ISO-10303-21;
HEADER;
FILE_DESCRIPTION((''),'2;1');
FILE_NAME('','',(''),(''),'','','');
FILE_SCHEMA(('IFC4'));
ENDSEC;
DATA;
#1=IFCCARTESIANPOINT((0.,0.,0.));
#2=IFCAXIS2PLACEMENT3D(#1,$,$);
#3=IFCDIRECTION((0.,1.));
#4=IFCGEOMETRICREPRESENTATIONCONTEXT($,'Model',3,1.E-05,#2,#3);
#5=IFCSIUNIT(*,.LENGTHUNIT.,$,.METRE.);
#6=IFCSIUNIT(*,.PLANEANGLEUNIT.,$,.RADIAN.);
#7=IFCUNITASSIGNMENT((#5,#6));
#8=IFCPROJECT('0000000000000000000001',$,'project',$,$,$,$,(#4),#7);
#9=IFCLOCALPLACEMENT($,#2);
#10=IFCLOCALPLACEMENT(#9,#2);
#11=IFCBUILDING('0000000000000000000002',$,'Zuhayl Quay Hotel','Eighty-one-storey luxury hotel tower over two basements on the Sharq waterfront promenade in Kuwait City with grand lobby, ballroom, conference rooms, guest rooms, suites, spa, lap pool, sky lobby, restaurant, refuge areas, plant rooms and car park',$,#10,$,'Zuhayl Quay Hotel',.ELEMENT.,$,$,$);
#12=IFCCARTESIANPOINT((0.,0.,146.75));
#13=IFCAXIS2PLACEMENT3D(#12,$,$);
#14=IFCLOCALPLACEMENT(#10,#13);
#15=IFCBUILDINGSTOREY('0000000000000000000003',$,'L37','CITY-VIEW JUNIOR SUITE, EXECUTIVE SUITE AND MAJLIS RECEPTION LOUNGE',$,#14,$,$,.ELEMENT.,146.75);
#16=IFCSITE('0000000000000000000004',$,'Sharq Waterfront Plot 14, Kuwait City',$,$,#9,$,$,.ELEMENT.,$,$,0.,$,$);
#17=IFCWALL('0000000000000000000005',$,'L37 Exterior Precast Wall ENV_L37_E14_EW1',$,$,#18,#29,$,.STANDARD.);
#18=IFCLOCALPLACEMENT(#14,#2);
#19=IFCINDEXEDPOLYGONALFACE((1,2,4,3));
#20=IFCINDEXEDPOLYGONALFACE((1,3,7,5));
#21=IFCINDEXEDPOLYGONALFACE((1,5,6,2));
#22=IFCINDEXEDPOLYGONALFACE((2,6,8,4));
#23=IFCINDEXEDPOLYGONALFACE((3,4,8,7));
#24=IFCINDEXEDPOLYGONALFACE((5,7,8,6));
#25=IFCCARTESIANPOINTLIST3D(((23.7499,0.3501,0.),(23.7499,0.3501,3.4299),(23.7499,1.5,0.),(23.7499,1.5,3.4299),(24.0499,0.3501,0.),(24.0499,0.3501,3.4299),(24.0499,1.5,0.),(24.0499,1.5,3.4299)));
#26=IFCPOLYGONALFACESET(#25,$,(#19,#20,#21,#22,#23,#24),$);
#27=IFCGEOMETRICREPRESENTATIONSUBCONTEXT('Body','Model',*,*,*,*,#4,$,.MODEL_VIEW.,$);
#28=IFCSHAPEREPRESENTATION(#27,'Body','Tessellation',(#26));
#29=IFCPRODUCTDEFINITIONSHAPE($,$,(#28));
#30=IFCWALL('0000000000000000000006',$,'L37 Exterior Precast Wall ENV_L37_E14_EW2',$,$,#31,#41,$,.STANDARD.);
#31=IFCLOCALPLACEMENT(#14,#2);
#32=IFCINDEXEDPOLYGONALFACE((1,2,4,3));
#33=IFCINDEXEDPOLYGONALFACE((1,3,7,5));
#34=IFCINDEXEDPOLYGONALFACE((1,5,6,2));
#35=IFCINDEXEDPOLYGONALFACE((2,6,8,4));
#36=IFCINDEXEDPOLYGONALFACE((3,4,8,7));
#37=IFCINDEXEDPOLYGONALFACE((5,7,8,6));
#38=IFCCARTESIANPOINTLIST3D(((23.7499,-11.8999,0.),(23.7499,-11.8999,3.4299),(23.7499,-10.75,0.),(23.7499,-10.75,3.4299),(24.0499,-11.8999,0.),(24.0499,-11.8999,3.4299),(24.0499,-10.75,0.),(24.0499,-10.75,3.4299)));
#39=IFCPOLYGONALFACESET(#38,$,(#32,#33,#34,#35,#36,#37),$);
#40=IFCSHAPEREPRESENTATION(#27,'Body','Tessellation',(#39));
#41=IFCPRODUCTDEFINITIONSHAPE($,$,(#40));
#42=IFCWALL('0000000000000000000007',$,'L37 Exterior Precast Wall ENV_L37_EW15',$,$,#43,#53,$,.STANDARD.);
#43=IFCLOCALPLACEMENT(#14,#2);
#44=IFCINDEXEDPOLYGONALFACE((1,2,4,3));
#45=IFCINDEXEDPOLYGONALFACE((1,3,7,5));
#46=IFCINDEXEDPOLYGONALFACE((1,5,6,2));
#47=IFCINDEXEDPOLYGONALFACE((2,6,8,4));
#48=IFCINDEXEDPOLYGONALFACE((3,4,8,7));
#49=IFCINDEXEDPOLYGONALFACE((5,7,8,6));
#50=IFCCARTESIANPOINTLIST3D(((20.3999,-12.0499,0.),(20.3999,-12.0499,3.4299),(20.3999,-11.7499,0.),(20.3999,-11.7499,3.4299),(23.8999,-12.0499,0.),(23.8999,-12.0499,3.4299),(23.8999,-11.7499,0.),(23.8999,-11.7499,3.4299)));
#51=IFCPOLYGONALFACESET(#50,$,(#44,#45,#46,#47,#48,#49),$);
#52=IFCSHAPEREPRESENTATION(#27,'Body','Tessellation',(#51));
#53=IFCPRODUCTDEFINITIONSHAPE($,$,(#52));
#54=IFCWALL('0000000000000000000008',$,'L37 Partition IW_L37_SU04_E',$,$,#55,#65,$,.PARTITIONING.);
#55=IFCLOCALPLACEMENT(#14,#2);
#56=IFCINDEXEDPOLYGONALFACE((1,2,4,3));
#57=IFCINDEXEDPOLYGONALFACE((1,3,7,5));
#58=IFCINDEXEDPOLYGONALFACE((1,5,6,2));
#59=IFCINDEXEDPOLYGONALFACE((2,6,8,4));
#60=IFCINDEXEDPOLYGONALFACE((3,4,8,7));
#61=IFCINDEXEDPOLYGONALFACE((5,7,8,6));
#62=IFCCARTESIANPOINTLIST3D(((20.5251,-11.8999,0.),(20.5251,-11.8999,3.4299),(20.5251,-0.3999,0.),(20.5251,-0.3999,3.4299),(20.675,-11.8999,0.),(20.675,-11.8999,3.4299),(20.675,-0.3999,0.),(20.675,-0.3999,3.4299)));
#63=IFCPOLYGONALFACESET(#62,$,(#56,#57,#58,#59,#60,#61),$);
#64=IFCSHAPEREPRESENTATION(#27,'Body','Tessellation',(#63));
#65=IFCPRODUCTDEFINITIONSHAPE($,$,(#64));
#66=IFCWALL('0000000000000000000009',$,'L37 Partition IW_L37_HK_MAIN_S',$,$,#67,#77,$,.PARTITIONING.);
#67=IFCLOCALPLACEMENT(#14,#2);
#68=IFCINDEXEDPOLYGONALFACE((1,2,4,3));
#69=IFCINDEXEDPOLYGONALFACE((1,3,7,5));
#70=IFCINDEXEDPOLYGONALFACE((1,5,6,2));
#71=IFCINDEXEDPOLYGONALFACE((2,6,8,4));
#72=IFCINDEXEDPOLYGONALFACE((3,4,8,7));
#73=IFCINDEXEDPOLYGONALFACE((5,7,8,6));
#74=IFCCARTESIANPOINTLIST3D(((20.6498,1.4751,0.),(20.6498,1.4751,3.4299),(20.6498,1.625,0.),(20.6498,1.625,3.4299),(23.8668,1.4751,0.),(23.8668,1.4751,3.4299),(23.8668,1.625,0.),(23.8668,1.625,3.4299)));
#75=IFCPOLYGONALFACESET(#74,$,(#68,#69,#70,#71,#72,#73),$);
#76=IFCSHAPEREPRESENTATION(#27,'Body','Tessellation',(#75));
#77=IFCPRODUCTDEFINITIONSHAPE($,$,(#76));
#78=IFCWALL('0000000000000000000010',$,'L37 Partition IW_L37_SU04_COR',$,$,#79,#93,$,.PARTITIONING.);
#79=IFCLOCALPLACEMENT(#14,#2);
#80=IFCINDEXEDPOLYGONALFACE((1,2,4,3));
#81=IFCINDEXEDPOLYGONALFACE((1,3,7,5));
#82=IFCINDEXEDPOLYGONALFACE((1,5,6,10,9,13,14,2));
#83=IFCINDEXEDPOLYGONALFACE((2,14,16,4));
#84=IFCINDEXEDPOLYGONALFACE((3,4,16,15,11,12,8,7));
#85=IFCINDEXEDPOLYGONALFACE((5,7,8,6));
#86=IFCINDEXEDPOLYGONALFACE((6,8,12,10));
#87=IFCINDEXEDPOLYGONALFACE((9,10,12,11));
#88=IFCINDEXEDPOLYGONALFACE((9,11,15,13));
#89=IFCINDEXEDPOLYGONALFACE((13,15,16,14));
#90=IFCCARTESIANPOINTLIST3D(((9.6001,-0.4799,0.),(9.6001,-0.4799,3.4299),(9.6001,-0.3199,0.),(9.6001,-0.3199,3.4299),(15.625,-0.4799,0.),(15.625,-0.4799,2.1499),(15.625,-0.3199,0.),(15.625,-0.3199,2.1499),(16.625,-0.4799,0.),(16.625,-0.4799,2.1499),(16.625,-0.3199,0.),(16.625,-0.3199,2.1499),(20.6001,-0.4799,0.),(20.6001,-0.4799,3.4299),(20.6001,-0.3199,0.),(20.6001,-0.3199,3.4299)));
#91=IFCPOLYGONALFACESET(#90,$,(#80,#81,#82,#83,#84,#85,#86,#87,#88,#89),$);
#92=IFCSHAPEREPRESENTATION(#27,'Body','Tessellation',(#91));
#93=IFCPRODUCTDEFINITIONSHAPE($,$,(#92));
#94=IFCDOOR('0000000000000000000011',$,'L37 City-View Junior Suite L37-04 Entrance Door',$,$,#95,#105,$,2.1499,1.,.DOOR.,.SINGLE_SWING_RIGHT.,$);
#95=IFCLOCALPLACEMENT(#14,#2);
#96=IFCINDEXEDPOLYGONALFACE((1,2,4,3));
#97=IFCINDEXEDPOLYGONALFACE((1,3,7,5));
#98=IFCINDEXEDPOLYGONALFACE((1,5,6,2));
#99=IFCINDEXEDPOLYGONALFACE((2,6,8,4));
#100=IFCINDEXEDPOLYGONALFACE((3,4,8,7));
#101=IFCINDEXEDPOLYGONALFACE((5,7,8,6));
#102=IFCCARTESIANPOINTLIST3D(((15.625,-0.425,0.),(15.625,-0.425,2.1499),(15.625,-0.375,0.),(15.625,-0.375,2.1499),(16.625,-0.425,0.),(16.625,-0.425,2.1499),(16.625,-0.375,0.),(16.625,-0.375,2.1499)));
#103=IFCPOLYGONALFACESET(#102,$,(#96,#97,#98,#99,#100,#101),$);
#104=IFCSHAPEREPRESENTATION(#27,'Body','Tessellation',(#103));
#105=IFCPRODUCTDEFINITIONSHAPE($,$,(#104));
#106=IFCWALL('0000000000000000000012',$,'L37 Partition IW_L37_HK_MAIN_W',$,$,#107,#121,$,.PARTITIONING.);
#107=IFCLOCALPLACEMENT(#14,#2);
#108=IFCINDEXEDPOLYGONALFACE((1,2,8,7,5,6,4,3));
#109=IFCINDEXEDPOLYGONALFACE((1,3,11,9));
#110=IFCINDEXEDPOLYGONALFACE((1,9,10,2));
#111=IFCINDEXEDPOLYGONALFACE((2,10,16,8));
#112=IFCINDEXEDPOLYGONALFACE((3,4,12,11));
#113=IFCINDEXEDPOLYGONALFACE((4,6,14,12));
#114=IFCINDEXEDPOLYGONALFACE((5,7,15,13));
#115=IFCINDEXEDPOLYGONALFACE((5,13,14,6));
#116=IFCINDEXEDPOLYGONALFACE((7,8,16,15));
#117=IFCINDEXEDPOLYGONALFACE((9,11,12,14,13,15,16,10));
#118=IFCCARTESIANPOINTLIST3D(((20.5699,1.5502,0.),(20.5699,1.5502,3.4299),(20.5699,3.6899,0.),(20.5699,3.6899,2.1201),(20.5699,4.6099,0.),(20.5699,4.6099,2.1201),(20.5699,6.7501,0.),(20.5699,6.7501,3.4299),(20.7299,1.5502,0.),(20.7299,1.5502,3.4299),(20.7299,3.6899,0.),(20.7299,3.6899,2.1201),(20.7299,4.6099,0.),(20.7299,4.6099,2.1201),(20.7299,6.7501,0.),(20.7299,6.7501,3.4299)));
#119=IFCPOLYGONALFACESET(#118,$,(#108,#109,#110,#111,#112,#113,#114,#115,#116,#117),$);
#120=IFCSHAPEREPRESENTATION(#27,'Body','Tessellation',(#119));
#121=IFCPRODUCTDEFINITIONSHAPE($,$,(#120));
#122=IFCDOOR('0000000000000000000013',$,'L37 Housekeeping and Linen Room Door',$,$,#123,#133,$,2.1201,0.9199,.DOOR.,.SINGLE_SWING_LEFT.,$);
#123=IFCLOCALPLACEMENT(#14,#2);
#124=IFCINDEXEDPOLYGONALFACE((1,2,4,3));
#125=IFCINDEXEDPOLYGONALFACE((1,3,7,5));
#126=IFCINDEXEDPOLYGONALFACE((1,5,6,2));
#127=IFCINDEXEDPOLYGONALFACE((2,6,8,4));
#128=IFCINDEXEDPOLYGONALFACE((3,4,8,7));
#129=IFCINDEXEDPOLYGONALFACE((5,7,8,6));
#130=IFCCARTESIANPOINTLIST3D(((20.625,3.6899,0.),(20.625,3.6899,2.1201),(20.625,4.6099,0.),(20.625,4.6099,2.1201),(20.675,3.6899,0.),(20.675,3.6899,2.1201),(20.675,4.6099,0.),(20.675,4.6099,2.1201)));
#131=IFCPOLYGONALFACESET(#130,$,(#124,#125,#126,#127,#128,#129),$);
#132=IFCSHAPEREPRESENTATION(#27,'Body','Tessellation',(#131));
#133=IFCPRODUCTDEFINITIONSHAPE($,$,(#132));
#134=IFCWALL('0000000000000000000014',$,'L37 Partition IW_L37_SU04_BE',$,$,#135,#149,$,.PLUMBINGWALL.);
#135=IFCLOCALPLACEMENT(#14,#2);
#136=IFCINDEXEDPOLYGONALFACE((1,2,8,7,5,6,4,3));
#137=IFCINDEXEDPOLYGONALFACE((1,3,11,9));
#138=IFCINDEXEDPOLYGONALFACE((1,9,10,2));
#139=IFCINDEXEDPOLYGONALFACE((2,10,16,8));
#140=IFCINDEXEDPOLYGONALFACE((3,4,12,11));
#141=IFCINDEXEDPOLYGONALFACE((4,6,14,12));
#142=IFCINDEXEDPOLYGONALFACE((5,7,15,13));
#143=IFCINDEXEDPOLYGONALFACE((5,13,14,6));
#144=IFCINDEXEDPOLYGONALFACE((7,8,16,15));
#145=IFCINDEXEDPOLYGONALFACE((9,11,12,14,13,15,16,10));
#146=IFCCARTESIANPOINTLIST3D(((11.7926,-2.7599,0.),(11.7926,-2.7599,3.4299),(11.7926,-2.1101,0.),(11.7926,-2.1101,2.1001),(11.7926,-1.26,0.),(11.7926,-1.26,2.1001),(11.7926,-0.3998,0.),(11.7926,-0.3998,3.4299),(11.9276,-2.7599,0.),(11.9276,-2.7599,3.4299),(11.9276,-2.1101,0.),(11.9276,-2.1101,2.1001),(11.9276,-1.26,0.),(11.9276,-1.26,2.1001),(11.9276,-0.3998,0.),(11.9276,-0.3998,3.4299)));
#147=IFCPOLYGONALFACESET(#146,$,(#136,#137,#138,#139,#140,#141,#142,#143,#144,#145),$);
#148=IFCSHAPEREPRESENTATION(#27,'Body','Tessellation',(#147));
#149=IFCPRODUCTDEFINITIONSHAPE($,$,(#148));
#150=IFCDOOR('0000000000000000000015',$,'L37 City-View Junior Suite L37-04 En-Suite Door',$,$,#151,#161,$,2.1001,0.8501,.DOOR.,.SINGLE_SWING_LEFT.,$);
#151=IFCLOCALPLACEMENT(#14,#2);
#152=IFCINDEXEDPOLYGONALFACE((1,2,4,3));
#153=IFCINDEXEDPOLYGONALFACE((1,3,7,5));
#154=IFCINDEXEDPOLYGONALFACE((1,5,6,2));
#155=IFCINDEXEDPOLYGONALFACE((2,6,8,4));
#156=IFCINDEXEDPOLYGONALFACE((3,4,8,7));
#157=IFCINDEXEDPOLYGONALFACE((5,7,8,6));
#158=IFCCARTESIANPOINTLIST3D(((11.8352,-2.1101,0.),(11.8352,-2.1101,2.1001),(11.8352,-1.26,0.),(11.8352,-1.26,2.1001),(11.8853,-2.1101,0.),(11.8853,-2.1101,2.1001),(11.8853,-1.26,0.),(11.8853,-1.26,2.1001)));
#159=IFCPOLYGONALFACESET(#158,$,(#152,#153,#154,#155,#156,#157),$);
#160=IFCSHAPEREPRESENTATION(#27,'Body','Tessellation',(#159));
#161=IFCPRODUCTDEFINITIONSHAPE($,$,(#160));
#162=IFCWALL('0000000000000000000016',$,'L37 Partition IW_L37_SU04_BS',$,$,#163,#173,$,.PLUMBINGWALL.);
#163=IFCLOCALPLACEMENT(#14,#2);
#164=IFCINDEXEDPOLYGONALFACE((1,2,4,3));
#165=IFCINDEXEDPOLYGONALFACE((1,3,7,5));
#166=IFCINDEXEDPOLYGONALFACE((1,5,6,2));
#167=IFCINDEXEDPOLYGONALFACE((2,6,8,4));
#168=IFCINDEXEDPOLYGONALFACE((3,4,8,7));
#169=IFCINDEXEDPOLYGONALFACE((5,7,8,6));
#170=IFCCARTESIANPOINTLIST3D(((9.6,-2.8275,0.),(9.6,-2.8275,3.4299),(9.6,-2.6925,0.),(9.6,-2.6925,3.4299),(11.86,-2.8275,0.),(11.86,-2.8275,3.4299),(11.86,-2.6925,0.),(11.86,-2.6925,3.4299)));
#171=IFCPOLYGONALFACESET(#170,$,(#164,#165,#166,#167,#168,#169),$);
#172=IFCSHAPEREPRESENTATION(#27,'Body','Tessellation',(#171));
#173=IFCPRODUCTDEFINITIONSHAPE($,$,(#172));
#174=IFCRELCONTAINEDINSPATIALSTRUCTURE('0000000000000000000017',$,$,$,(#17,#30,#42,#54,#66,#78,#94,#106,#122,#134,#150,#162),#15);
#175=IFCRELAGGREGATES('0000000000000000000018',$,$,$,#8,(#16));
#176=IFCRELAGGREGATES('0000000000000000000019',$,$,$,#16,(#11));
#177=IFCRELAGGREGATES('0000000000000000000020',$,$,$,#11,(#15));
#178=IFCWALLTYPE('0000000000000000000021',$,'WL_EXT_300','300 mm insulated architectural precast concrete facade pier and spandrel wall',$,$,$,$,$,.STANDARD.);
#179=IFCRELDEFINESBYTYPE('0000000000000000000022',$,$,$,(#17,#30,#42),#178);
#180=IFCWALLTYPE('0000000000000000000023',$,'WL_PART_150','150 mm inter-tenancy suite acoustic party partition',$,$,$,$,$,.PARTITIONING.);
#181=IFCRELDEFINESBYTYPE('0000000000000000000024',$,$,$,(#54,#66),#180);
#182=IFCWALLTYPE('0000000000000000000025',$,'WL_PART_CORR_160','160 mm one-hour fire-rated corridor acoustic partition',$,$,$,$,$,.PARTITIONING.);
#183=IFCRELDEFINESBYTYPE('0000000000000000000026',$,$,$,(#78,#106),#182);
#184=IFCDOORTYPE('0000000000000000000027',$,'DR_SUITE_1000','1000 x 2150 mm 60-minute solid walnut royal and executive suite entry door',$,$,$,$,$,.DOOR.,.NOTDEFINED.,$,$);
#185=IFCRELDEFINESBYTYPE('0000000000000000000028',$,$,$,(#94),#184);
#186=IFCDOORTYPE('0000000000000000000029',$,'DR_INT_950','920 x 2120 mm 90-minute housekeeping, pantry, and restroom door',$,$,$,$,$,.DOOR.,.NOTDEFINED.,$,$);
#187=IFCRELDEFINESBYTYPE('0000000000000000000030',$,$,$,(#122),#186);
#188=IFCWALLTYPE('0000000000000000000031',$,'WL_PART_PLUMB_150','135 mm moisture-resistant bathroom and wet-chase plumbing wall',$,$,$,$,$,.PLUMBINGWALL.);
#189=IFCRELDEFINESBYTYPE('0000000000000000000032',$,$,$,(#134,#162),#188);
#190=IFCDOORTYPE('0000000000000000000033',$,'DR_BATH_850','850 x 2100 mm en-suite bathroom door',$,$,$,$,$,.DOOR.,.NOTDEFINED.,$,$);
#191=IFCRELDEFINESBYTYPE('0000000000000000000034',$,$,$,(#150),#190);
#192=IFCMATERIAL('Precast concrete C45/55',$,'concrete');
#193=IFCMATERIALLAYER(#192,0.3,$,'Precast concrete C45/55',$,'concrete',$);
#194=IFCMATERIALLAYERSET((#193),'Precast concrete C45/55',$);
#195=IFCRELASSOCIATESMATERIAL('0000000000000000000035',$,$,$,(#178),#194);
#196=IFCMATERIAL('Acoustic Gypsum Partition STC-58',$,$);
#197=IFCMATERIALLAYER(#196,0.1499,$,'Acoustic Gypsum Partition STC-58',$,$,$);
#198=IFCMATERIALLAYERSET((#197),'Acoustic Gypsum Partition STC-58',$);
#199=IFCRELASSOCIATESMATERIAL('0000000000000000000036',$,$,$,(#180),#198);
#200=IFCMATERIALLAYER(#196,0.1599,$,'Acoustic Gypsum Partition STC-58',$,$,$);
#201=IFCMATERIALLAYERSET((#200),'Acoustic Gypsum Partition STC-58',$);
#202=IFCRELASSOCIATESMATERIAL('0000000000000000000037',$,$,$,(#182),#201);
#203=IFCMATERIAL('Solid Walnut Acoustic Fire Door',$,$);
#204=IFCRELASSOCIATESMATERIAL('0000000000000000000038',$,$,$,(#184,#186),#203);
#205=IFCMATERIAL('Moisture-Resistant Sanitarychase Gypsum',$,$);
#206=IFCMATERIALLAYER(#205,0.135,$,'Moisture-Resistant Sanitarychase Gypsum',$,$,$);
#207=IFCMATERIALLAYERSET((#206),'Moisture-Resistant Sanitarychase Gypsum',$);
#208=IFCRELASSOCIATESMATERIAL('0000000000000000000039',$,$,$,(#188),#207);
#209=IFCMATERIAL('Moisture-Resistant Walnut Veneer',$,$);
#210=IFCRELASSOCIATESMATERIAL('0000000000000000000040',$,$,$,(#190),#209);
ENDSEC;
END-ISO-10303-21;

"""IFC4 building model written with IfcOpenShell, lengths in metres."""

from ifc_helpers import new_model, si_unit, direction, frame, frame_2d, origin, place, context, subcontext, project, spatial, rectangle, extrude, material, layer, layer_set, type_object, element, fill, save


model = new_model("IFC4")

# Units and contexts
model_context = context("Model", 3, precision=1e-05, world=origin(), true_north=direction((0.0, 1.0)))
body_context = subcontext(model_context, "Body", "Model", "MODEL_VIEW")
ifc_project = project(units=[si_unit("LENGTHUNIT", "METRE"), si_unit("PLANEANGLEUNIT", "RADIAN")], contexts=[model_context])

# Site, building, storey
site_placement = place(None, origin())
site = spatial("IfcSite", under=ifc_project, at=site_placement, Name="Sharq Waterfront Plot 14, Kuwait City", CompositionType="ELEMENT", RefElevation=0.0)
building_placement = place(site_placement, origin())
building = spatial("IfcBuilding", under=site, at=building_placement, Name="Zuhayl Quay Hotel", Description="Eighty-one-storey luxury hotel tower over two basements on the Sharq waterfront promenade in Kuwait City with grand lobby, ballroom, conference rooms, guest rooms, suites, spa, lap pool, sky lobby, restaurant, refuge areas, plant rooms and car park", LongName="Zuhayl Quay Hotel", CompositionType="ELEMENT")
storey_placement = place(building_placement, frame((0.0, 0.0, 146.75)))
storey = spatial("IfcBuildingStorey", under=building, at=storey_placement, Name="L37", Description="CITY-VIEW JUNIOR SUITE, EXECUTIVE SUITE AND MAJLIS RECEPTION LOUNGE", CompositionType="ELEMENT", Elevation=146.75)

# Walls
ifc_material_1 = material(Name="Precast concrete C45/55", Category="concrete")
ifc_layer_1 = layer(ifc_material_1, 0.3, Name="Precast concrete C45/55", Category="concrete")
ifc_layer_set_1 = layer_set([ifc_layer_1], Name="Precast concrete C45/55")
wall_type_1 = type_object("IfcWallType", Name="WL_EXT_300", Description="300 mm insulated architectural precast concrete facade pier and spandrel wall", PredefinedType="STANDARD", material=ifc_layer_set_1)
for number, where, z_axis, x_axis, name in (
    (1, (23.8999, 1.5, 0.0), (0.0, 0.0, 1.0), (0.0, -1.0, 0.0), "L37 Exterior Precast Wall ENV_L37_E14_EW1"),
    (2, (23.8999, -10.75, 0.0), (0.0, 0.0, 1.0), (0.0, -1.0, 0.0), "L37 Exterior Precast Wall ENV_L37_E14_EW2"),
):
    element("IfcWall", number, at=place(storey_placement, frame(where, z_axis=z_axis, x_axis=x_axis)), inside=storey, type_object=wall_type_1, Name=name, PredefinedType="STANDARD", context=body_context, shape_type="SweptSolid", body=[
        extrude(rectangle(XDim=1.1499, YDim=0.3, at=frame_2d((0.575, 0.0))), origin(), (0.0, 0.0, 1.0), 3.4299),
    ])
wall_1_placement = place(storey_placement, frame((23.8999, -11.8999, 0.0), z_axis=(0.0, 0.0, 1.0), x_axis=(-1.0, 0.0, 0.0)))
element("IfcWall", 3, at=wall_1_placement, inside=storey, type_object=wall_type_1, Name="L37 Exterior Precast Wall ENV_L37_EW15", PredefinedType="STANDARD", context=body_context, shape_type="SweptSolid", body=[
    extrude(rectangle(XDim=3.5, YDim=0.3, at=frame_2d((1.75, 0.0))), origin(), (0.0, 0.0, 1.0), 3.4299),
])
ifc_material_2 = material(Name="Acoustic Gypsum Partition STC-58")
ifc_layer_2 = layer(ifc_material_2, 0.1499, Name="Acoustic Gypsum Partition STC-58")
ifc_layer_set_2 = layer_set([ifc_layer_2], Name="Acoustic Gypsum Partition STC-58")
wall_type_2 = type_object("IfcWallType", Name="WL_PART_150", Description="150 mm inter-tenancy suite acoustic party partition", PredefinedType="PARTITIONING", material=ifc_layer_set_2)
wall_2_placement = place(storey_placement, frame((20.6001, -11.8999, 0.0), z_axis=(0.0, 0.0, 1.0), x_axis=(0.0, 1.0, 0.0)))
element("IfcWall", 4, at=wall_2_placement, inside=storey, type_object=wall_type_2, Name="L37 Partition IW_L37_SU04_E", PredefinedType="PARTITIONING", context=body_context, shape_type="SweptSolid", body=[
    extrude(rectangle(XDim=11.5, YDim=0.1499, at=frame_2d((5.75, 0.0))), origin(), (0.0, 0.0, 1.0), 3.4299),
])
wall_3_placement = place(storey_placement, frame((20.6499, 1.55, 0.0), z_axis=(0.0, 0.0, 1.0), x_axis=(1.0, 0.0, 0.0)))
element("IfcWall", 5, at=wall_3_placement, inside=storey, type_object=wall_type_2, Name="L37 Partition IW_L37_HK_MAIN_S", PredefinedType="PARTITIONING", context=body_context, shape_type="SweptSolid", body=[
    extrude(rectangle(XDim=3.217, YDim=0.1499, at=frame_2d((1.6084, 0.0))), origin(), (0.0, 0.0, 1.0), 3.4299),
])

# Walls, openings, doors
ifc_layer_3 = layer(ifc_material_2, 0.1599, Name="Acoustic Gypsum Partition STC-58")
ifc_layer_set_3 = layer_set([ifc_layer_3], Name="Acoustic Gypsum Partition STC-58")
wall_type_3 = type_object("IfcWallType", Name="WL_PART_CORR_160", Description="160 mm one-hour fire-rated corridor acoustic partition", PredefinedType="PARTITIONING", material=ifc_layer_set_3)
wall_4_placement = place(storey_placement, frame((9.6001, -0.3999, 0.0), z_axis=(0.0, 0.0, 1.0), x_axis=(1.0, 0.0, 0.0)))
wall_4 = element("IfcWall", 6, at=wall_4_placement, inside=storey, type_object=wall_type_3, Name="L37 Partition IW_L37_SU04_COR", PredefinedType="PARTITIONING", context=body_context, shape_type="SweptSolid", body=[
    extrude(rectangle(XDim=11.0, YDim=0.1599, at=frame_2d((5.5, 0.0))), origin(), (0.0, 0.0, 1.0), 3.4299),
])
opening_1_placement = place(wall_4_placement, frame((6.0249, 0.0, 0.0)))
opening_1 = element("IfcOpeningElement", 7, at=opening_1_placement, cuts=wall_4, PredefinedType="OPENING", context=body_context, shape_type="SweptSolid", body=[
    extrude(rectangle(XDim=1.0, YDim=2.1499, at=frame_2d((0.5, 1.075))), frame((0.0, 0.0898, 0.0), z_axis=(0.0, -1.0, 0.0), x_axis=(1.0, 0.0, 0.0)), (0.0, 0.0, 1.0), 0.1799),
])
ifc_material_3 = material(Name="Solid Walnut Acoustic Fire Door")
door_type_1 = type_object("IfcDoorType", Name="DR_SUITE_1000", Description="1000 x 2150 mm 60-minute solid walnut royal and executive suite entry door", OperationType="NOTDEFINED", PredefinedType="DOOR", material=ifc_material_3)
door_1_placement = place(opening_1_placement, origin())
door_1 = element("IfcDoor", 8, at=door_1_placement, inside=storey, type_object=door_type_1, Name="L37 City-View Junior Suite L37-04 Entrance Door", OperationType="SINGLE_SWING_RIGHT", OverallHeight=2.1499, OverallWidth=1.0, PredefinedType="DOOR", context=body_context, shape_type="SweptSolid", body=[
    extrude(rectangle(XDim=1.0, YDim=2.1499, at=frame_2d((0.5, 1.075))), frame((0.0, 0.0249, 0.0), z_axis=(0.0, -1.0, 0.0), x_axis=(1.0, 0.0, 0.0)), (0.0, 0.0, 1.0), 0.05),
])
fill(opening_1, door_1)
wall_5_placement = place(storey_placement, frame((20.6499, 1.55, 0.0), z_axis=(0.0, 0.0, 1.0), x_axis=(0.0, 1.0, 0.0)))
wall_5 = element("IfcWall", 9, at=wall_5_placement, inside=storey, type_object=wall_type_3, Name="L37 Partition IW_L37_HK_MAIN_W", PredefinedType="PARTITIONING", context=body_context, shape_type="SweptSolid", body=[
    extrude(rectangle(XDim=5.2, YDim=0.1599, at=frame_2d((2.6001, 0.0))), origin(), (0.0, 0.0, 1.0), 3.4299),
])
opening_2_placement = place(wall_5_placement, frame((2.1399, 0.0, 0.0)))
opening_2 = element("IfcOpeningElement", 10, at=opening_2_placement, cuts=wall_5, PredefinedType="OPENING", context=body_context, shape_type="SweptSolid", body=[
    extrude(rectangle(XDim=0.9199, YDim=2.1201, at=frame_2d((0.46, 1.0601))), frame((0.0, 0.0898, 0.0), z_axis=(0.0, -1.0, 0.0), x_axis=(1.0, 0.0, 0.0)), (0.0, 0.0, 1.0), 0.1799),
])
door_type_2 = type_object("IfcDoorType", Name="DR_INT_950", Description="920 x 2120 mm 90-minute housekeeping, pantry, and restroom door", OperationType="NOTDEFINED", PredefinedType="DOOR", material=ifc_material_3)
door_2_placement = place(opening_2_placement, origin())
door_2 = element("IfcDoor", 11, at=door_2_placement, inside=storey, type_object=door_type_2, Name="L37 Housekeeping and Linen Room Door", OperationType="SINGLE_SWING_LEFT", OverallHeight=2.1201, OverallWidth=0.9199, PredefinedType="DOOR", context=body_context, shape_type="SweptSolid", body=[
    extrude(rectangle(XDim=0.9199, YDim=2.1201, at=frame_2d((0.46, 1.0601))), frame((0.0, 0.0249, 0.0), z_axis=(0.0, -1.0, 0.0), x_axis=(1.0, 0.0, 0.0)), (0.0, 0.0, 1.0), 0.05),
])
fill(opening_2, door_2)
ifc_material_4 = material(Name="Moisture-Resistant Sanitarychase Gypsum")
ifc_layer_4 = layer(ifc_material_4, 0.135, Name="Moisture-Resistant Sanitarychase Gypsum")
ifc_layer_set_4 = layer_set([ifc_layer_4], Name="Moisture-Resistant Sanitarychase Gypsum")
wall_type_4 = type_object("IfcWallType", Name="WL_PART_PLUMB_150", Description="135 mm moisture-resistant bathroom and wet-chase plumbing wall", PredefinedType="PLUMBINGWALL", material=ifc_layer_set_4)
wall_6_placement = place(storey_placement, frame((11.8601, -2.76, 0.0), z_axis=(0.0, 0.0, 1.0), x_axis=(0.0, 1.0, 0.0)))
wall_6 = element("IfcWall", 12, at=wall_6_placement, inside=storey, type_object=wall_type_4, Name="L37 Partition IW_L37_SU04_BE", PredefinedType="PLUMBINGWALL", context=body_context, shape_type="SweptSolid", body=[
    extrude(rectangle(XDim=2.3601, YDim=0.135, at=frame_2d((1.1802, 0.0))), origin(), (0.0, 0.0, 1.0), 3.4299),
])
opening_3_placement = place(wall_6_placement, frame((0.6499, 0.0, 0.0)))
opening_3 = element("IfcOpeningElement", 13, at=opening_3_placement, cuts=wall_6, PredefinedType="OPENING", context=body_context, shape_type="SweptSolid", body=[
    extrude(rectangle(XDim=0.8501, YDim=2.1001, at=frame_2d((0.425, 1.05))), frame((0.0, 0.0774, 0.0), z_axis=(0.0, -1.0, 0.0), x_axis=(1.0, 0.0, 0.0)), (0.0, 0.0, 1.0), 0.155),
])
ifc_material_5 = material(Name="Moisture-Resistant Walnut Veneer")
door_type_3 = type_object("IfcDoorType", Name="DR_BATH_850", Description="850 x 2100 mm en-suite bathroom door", OperationType="NOTDEFINED", PredefinedType="DOOR", material=ifc_material_5)
door_3_placement = place(opening_3_placement, origin())
door_3 = element("IfcDoor", 14, at=door_3_placement, inside=storey, type_object=door_type_3, Name="L37 City-View Junior Suite L37-04 En-Suite Door", OperationType="SINGLE_SWING_LEFT", OverallHeight=2.1001, OverallWidth=0.8501, PredefinedType="DOOR", context=body_context, shape_type="SweptSolid", body=[
    extrude(rectangle(XDim=0.8501, YDim=2.1001, at=frame_2d((0.425, 1.05))), frame((0.0, 0.0249, 0.0), z_axis=(0.0, -1.0, 0.0), x_axis=(1.0, 0.0, 0.0)), (0.0, 0.0, 1.0), 0.05),
])
fill(opening_3, door_3)

# Wall
wall_7_placement = place(storey_placement, frame((9.6001, -2.76, 0.0), z_axis=(0.0, 0.0, 1.0), x_axis=(1.0, 0.0, 0.0)))
element("IfcWall", 15, at=wall_7_placement, inside=storey, type_object=wall_type_4, Name="L37 Partition IW_L37_SU04_BS", PredefinedType="PLUMBINGWALL", context=body_context, shape_type="SweptSolid", body=[
    extrude(rectangle(XDim=2.26, YDim=0.135, at=frame_2d((1.1299, 0.0))), origin(), (0.0, 0.0, 1.0), 3.4299),
])

save(model, "model.ifc")
